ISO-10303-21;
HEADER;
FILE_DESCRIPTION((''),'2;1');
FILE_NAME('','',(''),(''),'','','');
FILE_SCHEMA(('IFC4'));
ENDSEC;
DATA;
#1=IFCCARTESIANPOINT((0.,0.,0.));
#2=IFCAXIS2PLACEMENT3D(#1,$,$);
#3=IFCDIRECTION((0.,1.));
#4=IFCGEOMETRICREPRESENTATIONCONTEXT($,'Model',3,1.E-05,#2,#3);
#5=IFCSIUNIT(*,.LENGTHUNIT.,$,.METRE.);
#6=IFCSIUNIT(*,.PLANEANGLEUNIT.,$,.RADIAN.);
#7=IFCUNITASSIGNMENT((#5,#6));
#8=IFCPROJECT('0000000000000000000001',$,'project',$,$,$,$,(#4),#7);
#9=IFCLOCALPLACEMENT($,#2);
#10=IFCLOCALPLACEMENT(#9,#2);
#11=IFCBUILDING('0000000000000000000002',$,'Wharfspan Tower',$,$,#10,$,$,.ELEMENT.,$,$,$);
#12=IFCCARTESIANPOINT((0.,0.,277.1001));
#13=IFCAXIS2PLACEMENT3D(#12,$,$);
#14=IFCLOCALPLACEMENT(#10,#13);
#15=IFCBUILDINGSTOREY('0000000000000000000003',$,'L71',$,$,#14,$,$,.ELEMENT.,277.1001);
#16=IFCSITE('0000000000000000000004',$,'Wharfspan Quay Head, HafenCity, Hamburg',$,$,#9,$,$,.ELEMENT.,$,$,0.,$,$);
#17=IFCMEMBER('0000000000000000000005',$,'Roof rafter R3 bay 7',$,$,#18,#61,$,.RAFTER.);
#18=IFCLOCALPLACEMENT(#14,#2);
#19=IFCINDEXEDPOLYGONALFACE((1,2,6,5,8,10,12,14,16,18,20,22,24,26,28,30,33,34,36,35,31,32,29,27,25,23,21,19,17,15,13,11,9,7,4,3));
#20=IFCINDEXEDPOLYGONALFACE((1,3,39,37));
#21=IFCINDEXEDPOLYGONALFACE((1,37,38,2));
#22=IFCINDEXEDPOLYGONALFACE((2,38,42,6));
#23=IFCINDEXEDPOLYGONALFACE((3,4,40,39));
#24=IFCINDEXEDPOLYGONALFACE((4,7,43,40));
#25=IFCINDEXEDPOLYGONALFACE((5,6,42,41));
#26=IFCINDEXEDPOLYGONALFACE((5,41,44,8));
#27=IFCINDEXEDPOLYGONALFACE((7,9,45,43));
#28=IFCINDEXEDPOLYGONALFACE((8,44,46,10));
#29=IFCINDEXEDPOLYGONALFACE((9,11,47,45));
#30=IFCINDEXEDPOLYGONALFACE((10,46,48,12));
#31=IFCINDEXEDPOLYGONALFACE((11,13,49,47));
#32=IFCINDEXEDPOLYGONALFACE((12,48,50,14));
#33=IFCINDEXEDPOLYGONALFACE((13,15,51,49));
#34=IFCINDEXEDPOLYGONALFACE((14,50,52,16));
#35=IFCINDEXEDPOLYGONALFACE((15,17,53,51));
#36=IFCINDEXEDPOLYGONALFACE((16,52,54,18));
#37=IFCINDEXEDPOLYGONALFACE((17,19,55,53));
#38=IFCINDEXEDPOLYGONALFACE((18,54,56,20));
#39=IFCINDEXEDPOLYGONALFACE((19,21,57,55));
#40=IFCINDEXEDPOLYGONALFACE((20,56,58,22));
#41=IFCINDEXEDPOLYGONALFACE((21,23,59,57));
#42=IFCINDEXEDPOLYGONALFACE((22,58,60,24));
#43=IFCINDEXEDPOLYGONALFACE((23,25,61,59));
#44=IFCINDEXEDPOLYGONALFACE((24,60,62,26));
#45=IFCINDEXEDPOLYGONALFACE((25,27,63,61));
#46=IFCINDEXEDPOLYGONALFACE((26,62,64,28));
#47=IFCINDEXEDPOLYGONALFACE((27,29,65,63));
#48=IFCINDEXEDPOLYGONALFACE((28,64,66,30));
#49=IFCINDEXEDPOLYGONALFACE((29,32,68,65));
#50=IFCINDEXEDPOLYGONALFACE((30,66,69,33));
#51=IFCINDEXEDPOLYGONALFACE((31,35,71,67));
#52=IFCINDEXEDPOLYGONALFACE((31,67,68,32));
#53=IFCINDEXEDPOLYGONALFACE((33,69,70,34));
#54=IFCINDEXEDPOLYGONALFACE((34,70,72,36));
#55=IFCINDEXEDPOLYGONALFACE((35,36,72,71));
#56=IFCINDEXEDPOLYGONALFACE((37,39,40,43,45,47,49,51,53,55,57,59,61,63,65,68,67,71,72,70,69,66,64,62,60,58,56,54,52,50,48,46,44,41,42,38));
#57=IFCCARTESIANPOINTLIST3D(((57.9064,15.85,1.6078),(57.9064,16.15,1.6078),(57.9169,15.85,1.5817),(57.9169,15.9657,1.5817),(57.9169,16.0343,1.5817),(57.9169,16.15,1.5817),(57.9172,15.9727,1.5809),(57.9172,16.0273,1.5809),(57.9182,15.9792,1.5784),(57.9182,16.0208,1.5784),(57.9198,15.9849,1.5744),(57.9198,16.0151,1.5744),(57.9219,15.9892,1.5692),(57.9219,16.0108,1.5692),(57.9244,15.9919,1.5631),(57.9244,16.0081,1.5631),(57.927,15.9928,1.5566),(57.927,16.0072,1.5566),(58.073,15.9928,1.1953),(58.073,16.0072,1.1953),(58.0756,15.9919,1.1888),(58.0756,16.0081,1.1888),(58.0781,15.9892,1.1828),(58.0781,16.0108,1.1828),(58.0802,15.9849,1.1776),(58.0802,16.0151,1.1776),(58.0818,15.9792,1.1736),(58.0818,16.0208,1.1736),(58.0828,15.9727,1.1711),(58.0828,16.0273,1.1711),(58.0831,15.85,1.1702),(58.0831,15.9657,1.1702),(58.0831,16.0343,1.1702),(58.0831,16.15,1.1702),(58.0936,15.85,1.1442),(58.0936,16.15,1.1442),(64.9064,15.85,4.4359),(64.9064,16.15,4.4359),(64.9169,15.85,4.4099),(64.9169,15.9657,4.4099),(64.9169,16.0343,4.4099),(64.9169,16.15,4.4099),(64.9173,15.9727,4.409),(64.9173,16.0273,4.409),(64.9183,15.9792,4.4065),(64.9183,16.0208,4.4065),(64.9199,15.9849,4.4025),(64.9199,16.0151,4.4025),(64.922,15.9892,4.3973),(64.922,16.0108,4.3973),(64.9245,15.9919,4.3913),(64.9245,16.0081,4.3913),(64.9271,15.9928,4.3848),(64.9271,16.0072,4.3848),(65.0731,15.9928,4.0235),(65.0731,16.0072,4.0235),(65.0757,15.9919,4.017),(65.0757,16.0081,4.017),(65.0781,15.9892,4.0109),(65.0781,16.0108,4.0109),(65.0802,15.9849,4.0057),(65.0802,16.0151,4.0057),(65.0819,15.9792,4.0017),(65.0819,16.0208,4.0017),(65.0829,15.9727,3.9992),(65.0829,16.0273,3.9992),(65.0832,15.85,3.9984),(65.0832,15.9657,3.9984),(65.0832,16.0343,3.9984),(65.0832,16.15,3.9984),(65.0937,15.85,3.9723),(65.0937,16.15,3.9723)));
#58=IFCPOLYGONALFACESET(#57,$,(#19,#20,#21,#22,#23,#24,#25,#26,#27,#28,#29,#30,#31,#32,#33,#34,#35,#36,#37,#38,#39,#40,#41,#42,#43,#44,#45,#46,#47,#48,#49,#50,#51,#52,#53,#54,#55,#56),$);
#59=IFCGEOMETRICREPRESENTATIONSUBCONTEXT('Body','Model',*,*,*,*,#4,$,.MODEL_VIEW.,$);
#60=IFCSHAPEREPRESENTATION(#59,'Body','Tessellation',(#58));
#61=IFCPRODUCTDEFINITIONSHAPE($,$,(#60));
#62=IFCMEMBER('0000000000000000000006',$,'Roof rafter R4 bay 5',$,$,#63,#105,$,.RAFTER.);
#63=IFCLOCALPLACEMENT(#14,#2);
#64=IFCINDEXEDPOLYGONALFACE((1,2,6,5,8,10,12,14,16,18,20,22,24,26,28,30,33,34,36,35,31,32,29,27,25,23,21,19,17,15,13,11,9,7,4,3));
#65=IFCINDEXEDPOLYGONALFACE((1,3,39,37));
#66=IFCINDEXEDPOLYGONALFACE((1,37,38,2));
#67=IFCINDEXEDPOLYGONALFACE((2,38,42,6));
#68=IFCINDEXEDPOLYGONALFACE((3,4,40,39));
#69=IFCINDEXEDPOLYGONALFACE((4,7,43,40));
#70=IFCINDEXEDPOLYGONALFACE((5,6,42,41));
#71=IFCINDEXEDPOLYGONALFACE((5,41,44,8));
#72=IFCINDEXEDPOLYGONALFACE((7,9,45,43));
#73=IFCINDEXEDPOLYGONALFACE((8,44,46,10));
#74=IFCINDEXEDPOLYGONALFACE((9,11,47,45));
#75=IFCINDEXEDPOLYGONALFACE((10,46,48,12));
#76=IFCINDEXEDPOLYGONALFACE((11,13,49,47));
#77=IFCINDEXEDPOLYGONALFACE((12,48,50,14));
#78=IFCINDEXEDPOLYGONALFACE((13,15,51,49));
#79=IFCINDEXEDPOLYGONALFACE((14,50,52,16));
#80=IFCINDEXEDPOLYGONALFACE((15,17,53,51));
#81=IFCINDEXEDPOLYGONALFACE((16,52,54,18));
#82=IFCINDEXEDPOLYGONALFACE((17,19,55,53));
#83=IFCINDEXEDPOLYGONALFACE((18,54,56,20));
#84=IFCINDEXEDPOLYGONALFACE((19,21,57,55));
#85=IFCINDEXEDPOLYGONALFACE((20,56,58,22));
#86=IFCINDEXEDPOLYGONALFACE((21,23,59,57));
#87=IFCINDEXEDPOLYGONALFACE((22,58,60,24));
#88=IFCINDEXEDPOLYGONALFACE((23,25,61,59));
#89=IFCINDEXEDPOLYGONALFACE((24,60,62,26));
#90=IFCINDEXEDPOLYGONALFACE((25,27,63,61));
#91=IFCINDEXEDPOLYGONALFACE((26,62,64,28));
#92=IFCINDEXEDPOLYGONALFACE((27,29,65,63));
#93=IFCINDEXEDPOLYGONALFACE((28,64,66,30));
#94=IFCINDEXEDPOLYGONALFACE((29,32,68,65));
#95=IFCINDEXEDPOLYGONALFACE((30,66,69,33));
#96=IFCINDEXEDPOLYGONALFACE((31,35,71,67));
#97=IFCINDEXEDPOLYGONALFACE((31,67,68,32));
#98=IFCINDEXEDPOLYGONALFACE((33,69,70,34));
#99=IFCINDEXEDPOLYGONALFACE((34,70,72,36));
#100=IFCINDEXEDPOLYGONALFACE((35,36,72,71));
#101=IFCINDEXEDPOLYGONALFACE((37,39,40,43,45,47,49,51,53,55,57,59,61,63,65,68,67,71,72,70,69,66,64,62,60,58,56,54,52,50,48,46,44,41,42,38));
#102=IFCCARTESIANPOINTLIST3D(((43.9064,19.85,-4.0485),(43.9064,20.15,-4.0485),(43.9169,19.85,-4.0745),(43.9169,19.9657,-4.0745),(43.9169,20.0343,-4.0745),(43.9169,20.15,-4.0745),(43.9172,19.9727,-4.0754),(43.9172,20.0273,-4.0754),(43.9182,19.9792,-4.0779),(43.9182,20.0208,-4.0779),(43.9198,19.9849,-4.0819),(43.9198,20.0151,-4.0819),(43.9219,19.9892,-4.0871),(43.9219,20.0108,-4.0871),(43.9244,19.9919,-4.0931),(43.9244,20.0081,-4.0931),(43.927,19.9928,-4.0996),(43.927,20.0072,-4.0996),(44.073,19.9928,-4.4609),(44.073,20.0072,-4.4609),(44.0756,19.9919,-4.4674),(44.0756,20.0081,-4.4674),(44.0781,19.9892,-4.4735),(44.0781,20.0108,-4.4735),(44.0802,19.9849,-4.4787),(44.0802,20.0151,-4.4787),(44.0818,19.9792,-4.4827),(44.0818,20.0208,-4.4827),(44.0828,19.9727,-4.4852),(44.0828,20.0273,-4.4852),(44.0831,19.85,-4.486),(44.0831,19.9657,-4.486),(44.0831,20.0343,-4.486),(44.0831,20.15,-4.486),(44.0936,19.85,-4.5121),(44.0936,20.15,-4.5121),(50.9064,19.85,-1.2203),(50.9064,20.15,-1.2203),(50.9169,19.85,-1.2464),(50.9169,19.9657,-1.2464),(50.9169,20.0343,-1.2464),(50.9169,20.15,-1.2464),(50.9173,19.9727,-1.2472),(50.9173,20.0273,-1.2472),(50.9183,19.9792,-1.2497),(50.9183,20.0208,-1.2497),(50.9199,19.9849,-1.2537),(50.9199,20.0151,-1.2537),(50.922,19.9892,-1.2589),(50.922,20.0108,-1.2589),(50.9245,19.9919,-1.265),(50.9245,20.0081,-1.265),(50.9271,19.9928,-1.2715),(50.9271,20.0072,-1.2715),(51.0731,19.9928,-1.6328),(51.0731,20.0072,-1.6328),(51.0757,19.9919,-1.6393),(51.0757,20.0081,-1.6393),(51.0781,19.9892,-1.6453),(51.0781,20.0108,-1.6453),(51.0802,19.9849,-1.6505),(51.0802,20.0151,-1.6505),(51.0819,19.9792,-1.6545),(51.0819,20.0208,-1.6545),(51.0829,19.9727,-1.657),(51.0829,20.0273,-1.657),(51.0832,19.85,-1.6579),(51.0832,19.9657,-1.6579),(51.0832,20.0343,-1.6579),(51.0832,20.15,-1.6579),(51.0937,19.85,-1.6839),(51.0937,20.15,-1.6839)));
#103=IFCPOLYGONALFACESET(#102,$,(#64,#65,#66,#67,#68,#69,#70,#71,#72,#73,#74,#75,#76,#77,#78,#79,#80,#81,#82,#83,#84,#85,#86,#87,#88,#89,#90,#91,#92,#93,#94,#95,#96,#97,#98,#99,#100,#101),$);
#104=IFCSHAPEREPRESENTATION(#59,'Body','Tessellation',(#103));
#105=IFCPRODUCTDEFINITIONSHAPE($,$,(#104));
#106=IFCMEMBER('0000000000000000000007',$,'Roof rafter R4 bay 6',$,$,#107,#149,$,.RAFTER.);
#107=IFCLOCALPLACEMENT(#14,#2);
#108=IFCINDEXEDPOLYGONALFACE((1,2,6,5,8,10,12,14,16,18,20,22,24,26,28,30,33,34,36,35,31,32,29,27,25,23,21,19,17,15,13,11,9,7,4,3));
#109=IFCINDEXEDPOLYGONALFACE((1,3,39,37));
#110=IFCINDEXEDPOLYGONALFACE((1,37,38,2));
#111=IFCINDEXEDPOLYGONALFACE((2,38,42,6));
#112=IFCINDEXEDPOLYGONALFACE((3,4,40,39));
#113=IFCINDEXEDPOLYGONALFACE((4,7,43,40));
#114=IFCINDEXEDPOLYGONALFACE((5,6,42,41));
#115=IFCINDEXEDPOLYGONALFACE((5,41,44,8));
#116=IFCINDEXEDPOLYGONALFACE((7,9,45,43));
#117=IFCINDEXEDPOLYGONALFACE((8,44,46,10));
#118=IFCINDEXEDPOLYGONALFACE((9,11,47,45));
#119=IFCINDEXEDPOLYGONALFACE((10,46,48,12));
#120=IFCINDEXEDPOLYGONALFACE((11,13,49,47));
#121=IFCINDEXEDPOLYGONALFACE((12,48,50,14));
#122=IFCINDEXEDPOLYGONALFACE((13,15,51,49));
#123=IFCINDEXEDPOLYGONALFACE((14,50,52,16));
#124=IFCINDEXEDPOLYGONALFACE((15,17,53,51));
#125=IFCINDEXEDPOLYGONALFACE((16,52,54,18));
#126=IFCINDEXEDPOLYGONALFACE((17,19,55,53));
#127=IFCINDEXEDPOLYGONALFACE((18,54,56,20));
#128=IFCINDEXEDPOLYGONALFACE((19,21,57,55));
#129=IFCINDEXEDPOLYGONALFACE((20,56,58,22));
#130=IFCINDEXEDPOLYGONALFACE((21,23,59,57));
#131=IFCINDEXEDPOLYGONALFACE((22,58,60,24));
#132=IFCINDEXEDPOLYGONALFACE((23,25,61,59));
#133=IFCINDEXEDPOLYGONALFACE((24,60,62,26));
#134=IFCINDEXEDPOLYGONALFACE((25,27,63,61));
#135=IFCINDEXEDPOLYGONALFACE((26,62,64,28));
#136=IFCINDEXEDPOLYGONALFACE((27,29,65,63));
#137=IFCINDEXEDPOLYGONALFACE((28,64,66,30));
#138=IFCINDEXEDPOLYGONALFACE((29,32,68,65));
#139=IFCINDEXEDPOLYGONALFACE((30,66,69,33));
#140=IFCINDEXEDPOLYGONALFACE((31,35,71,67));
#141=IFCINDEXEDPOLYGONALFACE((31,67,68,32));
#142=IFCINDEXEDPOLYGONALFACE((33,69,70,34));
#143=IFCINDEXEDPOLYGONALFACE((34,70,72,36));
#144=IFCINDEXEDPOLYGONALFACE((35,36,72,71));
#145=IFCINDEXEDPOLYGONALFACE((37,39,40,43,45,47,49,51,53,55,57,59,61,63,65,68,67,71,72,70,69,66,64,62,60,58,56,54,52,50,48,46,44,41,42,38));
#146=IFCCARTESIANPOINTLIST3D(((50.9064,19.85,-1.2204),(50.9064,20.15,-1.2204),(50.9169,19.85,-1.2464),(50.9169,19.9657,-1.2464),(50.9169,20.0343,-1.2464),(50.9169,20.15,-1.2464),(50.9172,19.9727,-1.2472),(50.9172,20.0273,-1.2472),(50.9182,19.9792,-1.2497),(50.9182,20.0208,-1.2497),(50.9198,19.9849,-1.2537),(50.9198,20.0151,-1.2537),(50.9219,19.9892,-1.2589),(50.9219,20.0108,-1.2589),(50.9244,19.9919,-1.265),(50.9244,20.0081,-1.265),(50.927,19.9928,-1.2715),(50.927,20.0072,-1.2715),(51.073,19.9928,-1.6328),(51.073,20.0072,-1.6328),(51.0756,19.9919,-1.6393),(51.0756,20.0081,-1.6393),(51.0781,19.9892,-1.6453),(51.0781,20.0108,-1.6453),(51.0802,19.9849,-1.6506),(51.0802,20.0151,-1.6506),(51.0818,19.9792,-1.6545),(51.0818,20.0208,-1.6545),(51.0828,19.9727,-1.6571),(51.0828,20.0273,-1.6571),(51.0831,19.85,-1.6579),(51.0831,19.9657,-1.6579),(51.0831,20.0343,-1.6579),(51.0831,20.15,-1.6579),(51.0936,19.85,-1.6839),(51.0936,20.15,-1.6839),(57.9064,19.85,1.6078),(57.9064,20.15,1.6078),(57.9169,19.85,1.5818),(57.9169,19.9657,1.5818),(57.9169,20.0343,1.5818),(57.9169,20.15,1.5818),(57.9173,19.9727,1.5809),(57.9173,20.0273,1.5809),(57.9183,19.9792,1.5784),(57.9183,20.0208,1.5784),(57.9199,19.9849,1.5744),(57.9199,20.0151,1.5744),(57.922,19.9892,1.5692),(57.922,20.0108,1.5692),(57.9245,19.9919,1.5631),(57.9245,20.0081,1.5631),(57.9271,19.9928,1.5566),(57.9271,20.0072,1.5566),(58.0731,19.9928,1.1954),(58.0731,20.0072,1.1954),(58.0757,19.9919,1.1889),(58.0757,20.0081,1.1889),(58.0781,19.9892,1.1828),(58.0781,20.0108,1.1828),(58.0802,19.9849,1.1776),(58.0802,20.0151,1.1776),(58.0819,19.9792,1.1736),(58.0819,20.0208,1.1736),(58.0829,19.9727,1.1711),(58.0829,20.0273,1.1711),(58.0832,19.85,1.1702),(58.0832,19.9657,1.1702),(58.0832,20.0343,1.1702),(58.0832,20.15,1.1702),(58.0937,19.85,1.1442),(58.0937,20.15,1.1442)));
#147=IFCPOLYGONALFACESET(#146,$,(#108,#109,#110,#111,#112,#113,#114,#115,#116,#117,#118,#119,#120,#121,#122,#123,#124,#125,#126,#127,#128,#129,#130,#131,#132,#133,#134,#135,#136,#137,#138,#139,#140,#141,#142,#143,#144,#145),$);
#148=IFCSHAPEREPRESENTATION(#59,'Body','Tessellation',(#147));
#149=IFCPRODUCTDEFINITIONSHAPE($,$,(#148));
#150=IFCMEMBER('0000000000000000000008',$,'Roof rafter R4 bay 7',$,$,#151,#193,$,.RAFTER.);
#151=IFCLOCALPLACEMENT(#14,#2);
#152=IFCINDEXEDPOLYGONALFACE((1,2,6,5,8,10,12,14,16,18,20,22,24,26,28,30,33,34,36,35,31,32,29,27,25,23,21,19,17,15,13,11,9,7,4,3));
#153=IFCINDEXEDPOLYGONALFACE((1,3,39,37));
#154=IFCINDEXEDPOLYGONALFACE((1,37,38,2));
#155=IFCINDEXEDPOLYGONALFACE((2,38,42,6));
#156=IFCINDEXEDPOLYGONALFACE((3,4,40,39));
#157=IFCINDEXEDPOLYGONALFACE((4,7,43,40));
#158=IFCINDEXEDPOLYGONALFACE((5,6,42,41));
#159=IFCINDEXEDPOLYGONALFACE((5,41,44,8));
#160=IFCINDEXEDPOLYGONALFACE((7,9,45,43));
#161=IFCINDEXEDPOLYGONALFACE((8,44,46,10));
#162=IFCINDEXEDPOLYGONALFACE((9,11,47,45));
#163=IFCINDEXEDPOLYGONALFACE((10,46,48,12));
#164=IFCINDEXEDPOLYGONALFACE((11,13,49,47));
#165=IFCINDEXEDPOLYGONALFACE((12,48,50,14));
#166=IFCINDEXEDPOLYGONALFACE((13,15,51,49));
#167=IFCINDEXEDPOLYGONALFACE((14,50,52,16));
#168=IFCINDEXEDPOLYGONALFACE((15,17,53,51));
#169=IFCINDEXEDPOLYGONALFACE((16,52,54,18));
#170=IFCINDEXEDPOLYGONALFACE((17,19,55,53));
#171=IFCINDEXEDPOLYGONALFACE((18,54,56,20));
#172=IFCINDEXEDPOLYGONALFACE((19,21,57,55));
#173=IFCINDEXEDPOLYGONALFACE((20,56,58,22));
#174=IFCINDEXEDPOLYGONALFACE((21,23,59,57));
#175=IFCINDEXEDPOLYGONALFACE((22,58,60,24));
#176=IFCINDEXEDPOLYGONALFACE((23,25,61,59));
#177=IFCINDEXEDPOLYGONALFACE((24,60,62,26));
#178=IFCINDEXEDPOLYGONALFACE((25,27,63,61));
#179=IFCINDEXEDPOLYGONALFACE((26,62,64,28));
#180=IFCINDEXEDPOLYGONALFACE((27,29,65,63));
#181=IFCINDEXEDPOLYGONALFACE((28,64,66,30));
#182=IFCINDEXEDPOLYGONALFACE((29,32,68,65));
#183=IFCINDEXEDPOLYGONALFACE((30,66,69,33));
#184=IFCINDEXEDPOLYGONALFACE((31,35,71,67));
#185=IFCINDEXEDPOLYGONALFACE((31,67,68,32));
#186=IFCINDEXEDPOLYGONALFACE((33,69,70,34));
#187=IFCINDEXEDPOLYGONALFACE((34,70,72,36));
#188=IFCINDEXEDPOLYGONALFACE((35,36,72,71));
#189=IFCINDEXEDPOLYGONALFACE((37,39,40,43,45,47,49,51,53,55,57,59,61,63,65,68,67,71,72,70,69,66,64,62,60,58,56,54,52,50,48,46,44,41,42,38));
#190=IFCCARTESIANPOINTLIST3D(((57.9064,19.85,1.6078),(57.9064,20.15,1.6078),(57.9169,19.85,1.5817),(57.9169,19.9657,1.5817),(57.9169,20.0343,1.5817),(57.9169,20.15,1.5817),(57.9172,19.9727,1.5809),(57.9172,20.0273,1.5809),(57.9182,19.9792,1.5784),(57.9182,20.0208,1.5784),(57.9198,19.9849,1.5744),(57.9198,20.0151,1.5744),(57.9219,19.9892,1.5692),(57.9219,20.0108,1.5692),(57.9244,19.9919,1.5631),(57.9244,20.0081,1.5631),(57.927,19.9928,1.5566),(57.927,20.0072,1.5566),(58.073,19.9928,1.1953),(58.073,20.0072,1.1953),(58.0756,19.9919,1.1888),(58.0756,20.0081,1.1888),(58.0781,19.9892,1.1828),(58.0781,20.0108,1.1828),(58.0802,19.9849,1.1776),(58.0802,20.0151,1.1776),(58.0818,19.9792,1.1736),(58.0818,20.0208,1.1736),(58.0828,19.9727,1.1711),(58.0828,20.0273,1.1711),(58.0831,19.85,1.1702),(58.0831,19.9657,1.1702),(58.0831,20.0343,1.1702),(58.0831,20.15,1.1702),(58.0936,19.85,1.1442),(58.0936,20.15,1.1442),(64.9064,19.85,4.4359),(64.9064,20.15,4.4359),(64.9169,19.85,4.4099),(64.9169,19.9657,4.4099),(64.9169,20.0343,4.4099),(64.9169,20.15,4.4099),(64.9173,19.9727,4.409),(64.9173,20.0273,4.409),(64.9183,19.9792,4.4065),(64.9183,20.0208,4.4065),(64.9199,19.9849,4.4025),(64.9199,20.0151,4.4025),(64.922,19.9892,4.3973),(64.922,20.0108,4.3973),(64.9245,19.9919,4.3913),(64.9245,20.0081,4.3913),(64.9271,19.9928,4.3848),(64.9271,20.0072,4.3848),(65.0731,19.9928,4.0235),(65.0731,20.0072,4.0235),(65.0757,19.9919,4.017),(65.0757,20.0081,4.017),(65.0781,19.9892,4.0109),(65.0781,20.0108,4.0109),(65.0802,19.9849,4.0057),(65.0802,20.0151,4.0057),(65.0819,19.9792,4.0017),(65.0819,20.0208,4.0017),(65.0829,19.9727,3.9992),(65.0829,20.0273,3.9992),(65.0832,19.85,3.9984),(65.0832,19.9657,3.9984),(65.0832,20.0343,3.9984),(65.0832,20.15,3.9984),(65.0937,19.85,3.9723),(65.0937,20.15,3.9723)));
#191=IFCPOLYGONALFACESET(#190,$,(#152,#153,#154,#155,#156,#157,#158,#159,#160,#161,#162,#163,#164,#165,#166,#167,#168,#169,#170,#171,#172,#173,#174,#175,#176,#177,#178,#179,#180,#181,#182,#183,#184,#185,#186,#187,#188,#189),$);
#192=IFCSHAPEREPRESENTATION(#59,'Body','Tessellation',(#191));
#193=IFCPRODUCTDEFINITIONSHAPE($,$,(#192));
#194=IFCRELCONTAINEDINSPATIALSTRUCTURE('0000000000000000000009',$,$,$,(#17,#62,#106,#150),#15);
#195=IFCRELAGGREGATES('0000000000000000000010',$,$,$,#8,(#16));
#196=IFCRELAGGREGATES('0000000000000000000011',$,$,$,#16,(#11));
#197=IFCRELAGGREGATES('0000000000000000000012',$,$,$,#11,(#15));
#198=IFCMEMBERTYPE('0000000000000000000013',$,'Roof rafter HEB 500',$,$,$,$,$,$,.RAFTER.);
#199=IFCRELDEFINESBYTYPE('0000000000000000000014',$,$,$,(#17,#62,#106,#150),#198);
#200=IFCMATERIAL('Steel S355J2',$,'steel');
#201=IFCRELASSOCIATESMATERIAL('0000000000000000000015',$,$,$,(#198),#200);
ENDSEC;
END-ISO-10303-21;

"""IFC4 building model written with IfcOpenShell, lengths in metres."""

from ifc_helpers import new_model, si_unit, direction, frame, origin, origin_2d, place, context, subcontext, project, spatial, i_section, extrude, material, material_profile, profile_set, type_object, element, save


model = new_model("IFC4")

# Units and contexts
model_context = context("Model", 3, precision=1e-05, world=origin(), true_north=direction((0.0, 1.0)))
body_context = subcontext(model_context, "Body", "Model", "MODEL_VIEW")
ifc_project = project(units=[si_unit("LENGTHUNIT", "METRE"), si_unit("PLANEANGLEUNIT", "RADIAN")], contexts=[model_context])

# Site, building, storey
site_placement = place(None, origin())
site = spatial("IfcSite", under=ifc_project, at=site_placement, Name="Wharfspan Quay Head, HafenCity, Hamburg", CompositionType="ELEMENT", RefElevation=0.0)
building_placement = place(site_placement, origin())
building = spatial("IfcBuilding", under=site, at=building_placement, Name="Wharfspan Tower", CompositionType="ELEMENT")
storey_placement = place(building_placement, frame((0.0, 0.0, 277.1001)))
storey = spatial("IfcBuildingStorey", under=building, at=storey_placement, Name="L71", CompositionType="ELEMENT", Elevation=277.1001)

# Shared definitions
ifc_material_1 = material(Name="Steel S355J2", Category="steel")

# Members
ifc_material_profile_1 = material_profile(ifc_material_1, i_section(OverallWidth=0.3, OverallDepth=0.5, WebThickness=0.0144, FlangeThickness=0.0281, FilletRadius=0.0271, at=origin_2d()))
ifc_profile_set_1 = profile_set([ifc_material_profile_1], Name="Steel S355J2")
member_type_1 = type_object("IfcMemberType", Name="Roof rafter HEB 500", PredefinedType="RAFTER", material=ifc_profile_set_1)
for number, where, z_axis, x_axis, name in (
    (1, (58.0, 16.0, 1.376), (0.927187, 0.0, 0.3746), (0.0, 1.0, 0.0), "Roof rafter R3 bay 7"),
    (2, (44.0, 20.0, -4.2803), (0.927187, 0.0, 0.3746), (0.0, 1.0, 0.0), "Roof rafter R4 bay 5"),
    (3, (51.0, 20.0, -1.4521), (0.927187, 0.0, 0.3746), (0.0, 1.0, 0.0), "Roof rafter R4 bay 6"),
    (4, (58.0, 20.0, 1.376), (0.927187, 0.0, 0.3746), (0.0, 1.0, 0.0), "Roof rafter R4 bay 7"),
):
    element("IfcMember", number, at=place(storey_placement, frame(where, z_axis=z_axis, x_axis=x_axis)), inside=storey, type_object=member_type_1, Name=name, PredefinedType="RAFTER", context=body_context, shape_type="SweptSolid", body=[
        extrude(i_section(OverallWidth=0.3, OverallDepth=0.5, WebThickness=0.0144, FlangeThickness=0.0281, FilletRadius=0.0271, at=origin_2d()), origin(), (0.0, 0.0, 1.0), 7.5498),
    ])

save(model, "model.ifc")
